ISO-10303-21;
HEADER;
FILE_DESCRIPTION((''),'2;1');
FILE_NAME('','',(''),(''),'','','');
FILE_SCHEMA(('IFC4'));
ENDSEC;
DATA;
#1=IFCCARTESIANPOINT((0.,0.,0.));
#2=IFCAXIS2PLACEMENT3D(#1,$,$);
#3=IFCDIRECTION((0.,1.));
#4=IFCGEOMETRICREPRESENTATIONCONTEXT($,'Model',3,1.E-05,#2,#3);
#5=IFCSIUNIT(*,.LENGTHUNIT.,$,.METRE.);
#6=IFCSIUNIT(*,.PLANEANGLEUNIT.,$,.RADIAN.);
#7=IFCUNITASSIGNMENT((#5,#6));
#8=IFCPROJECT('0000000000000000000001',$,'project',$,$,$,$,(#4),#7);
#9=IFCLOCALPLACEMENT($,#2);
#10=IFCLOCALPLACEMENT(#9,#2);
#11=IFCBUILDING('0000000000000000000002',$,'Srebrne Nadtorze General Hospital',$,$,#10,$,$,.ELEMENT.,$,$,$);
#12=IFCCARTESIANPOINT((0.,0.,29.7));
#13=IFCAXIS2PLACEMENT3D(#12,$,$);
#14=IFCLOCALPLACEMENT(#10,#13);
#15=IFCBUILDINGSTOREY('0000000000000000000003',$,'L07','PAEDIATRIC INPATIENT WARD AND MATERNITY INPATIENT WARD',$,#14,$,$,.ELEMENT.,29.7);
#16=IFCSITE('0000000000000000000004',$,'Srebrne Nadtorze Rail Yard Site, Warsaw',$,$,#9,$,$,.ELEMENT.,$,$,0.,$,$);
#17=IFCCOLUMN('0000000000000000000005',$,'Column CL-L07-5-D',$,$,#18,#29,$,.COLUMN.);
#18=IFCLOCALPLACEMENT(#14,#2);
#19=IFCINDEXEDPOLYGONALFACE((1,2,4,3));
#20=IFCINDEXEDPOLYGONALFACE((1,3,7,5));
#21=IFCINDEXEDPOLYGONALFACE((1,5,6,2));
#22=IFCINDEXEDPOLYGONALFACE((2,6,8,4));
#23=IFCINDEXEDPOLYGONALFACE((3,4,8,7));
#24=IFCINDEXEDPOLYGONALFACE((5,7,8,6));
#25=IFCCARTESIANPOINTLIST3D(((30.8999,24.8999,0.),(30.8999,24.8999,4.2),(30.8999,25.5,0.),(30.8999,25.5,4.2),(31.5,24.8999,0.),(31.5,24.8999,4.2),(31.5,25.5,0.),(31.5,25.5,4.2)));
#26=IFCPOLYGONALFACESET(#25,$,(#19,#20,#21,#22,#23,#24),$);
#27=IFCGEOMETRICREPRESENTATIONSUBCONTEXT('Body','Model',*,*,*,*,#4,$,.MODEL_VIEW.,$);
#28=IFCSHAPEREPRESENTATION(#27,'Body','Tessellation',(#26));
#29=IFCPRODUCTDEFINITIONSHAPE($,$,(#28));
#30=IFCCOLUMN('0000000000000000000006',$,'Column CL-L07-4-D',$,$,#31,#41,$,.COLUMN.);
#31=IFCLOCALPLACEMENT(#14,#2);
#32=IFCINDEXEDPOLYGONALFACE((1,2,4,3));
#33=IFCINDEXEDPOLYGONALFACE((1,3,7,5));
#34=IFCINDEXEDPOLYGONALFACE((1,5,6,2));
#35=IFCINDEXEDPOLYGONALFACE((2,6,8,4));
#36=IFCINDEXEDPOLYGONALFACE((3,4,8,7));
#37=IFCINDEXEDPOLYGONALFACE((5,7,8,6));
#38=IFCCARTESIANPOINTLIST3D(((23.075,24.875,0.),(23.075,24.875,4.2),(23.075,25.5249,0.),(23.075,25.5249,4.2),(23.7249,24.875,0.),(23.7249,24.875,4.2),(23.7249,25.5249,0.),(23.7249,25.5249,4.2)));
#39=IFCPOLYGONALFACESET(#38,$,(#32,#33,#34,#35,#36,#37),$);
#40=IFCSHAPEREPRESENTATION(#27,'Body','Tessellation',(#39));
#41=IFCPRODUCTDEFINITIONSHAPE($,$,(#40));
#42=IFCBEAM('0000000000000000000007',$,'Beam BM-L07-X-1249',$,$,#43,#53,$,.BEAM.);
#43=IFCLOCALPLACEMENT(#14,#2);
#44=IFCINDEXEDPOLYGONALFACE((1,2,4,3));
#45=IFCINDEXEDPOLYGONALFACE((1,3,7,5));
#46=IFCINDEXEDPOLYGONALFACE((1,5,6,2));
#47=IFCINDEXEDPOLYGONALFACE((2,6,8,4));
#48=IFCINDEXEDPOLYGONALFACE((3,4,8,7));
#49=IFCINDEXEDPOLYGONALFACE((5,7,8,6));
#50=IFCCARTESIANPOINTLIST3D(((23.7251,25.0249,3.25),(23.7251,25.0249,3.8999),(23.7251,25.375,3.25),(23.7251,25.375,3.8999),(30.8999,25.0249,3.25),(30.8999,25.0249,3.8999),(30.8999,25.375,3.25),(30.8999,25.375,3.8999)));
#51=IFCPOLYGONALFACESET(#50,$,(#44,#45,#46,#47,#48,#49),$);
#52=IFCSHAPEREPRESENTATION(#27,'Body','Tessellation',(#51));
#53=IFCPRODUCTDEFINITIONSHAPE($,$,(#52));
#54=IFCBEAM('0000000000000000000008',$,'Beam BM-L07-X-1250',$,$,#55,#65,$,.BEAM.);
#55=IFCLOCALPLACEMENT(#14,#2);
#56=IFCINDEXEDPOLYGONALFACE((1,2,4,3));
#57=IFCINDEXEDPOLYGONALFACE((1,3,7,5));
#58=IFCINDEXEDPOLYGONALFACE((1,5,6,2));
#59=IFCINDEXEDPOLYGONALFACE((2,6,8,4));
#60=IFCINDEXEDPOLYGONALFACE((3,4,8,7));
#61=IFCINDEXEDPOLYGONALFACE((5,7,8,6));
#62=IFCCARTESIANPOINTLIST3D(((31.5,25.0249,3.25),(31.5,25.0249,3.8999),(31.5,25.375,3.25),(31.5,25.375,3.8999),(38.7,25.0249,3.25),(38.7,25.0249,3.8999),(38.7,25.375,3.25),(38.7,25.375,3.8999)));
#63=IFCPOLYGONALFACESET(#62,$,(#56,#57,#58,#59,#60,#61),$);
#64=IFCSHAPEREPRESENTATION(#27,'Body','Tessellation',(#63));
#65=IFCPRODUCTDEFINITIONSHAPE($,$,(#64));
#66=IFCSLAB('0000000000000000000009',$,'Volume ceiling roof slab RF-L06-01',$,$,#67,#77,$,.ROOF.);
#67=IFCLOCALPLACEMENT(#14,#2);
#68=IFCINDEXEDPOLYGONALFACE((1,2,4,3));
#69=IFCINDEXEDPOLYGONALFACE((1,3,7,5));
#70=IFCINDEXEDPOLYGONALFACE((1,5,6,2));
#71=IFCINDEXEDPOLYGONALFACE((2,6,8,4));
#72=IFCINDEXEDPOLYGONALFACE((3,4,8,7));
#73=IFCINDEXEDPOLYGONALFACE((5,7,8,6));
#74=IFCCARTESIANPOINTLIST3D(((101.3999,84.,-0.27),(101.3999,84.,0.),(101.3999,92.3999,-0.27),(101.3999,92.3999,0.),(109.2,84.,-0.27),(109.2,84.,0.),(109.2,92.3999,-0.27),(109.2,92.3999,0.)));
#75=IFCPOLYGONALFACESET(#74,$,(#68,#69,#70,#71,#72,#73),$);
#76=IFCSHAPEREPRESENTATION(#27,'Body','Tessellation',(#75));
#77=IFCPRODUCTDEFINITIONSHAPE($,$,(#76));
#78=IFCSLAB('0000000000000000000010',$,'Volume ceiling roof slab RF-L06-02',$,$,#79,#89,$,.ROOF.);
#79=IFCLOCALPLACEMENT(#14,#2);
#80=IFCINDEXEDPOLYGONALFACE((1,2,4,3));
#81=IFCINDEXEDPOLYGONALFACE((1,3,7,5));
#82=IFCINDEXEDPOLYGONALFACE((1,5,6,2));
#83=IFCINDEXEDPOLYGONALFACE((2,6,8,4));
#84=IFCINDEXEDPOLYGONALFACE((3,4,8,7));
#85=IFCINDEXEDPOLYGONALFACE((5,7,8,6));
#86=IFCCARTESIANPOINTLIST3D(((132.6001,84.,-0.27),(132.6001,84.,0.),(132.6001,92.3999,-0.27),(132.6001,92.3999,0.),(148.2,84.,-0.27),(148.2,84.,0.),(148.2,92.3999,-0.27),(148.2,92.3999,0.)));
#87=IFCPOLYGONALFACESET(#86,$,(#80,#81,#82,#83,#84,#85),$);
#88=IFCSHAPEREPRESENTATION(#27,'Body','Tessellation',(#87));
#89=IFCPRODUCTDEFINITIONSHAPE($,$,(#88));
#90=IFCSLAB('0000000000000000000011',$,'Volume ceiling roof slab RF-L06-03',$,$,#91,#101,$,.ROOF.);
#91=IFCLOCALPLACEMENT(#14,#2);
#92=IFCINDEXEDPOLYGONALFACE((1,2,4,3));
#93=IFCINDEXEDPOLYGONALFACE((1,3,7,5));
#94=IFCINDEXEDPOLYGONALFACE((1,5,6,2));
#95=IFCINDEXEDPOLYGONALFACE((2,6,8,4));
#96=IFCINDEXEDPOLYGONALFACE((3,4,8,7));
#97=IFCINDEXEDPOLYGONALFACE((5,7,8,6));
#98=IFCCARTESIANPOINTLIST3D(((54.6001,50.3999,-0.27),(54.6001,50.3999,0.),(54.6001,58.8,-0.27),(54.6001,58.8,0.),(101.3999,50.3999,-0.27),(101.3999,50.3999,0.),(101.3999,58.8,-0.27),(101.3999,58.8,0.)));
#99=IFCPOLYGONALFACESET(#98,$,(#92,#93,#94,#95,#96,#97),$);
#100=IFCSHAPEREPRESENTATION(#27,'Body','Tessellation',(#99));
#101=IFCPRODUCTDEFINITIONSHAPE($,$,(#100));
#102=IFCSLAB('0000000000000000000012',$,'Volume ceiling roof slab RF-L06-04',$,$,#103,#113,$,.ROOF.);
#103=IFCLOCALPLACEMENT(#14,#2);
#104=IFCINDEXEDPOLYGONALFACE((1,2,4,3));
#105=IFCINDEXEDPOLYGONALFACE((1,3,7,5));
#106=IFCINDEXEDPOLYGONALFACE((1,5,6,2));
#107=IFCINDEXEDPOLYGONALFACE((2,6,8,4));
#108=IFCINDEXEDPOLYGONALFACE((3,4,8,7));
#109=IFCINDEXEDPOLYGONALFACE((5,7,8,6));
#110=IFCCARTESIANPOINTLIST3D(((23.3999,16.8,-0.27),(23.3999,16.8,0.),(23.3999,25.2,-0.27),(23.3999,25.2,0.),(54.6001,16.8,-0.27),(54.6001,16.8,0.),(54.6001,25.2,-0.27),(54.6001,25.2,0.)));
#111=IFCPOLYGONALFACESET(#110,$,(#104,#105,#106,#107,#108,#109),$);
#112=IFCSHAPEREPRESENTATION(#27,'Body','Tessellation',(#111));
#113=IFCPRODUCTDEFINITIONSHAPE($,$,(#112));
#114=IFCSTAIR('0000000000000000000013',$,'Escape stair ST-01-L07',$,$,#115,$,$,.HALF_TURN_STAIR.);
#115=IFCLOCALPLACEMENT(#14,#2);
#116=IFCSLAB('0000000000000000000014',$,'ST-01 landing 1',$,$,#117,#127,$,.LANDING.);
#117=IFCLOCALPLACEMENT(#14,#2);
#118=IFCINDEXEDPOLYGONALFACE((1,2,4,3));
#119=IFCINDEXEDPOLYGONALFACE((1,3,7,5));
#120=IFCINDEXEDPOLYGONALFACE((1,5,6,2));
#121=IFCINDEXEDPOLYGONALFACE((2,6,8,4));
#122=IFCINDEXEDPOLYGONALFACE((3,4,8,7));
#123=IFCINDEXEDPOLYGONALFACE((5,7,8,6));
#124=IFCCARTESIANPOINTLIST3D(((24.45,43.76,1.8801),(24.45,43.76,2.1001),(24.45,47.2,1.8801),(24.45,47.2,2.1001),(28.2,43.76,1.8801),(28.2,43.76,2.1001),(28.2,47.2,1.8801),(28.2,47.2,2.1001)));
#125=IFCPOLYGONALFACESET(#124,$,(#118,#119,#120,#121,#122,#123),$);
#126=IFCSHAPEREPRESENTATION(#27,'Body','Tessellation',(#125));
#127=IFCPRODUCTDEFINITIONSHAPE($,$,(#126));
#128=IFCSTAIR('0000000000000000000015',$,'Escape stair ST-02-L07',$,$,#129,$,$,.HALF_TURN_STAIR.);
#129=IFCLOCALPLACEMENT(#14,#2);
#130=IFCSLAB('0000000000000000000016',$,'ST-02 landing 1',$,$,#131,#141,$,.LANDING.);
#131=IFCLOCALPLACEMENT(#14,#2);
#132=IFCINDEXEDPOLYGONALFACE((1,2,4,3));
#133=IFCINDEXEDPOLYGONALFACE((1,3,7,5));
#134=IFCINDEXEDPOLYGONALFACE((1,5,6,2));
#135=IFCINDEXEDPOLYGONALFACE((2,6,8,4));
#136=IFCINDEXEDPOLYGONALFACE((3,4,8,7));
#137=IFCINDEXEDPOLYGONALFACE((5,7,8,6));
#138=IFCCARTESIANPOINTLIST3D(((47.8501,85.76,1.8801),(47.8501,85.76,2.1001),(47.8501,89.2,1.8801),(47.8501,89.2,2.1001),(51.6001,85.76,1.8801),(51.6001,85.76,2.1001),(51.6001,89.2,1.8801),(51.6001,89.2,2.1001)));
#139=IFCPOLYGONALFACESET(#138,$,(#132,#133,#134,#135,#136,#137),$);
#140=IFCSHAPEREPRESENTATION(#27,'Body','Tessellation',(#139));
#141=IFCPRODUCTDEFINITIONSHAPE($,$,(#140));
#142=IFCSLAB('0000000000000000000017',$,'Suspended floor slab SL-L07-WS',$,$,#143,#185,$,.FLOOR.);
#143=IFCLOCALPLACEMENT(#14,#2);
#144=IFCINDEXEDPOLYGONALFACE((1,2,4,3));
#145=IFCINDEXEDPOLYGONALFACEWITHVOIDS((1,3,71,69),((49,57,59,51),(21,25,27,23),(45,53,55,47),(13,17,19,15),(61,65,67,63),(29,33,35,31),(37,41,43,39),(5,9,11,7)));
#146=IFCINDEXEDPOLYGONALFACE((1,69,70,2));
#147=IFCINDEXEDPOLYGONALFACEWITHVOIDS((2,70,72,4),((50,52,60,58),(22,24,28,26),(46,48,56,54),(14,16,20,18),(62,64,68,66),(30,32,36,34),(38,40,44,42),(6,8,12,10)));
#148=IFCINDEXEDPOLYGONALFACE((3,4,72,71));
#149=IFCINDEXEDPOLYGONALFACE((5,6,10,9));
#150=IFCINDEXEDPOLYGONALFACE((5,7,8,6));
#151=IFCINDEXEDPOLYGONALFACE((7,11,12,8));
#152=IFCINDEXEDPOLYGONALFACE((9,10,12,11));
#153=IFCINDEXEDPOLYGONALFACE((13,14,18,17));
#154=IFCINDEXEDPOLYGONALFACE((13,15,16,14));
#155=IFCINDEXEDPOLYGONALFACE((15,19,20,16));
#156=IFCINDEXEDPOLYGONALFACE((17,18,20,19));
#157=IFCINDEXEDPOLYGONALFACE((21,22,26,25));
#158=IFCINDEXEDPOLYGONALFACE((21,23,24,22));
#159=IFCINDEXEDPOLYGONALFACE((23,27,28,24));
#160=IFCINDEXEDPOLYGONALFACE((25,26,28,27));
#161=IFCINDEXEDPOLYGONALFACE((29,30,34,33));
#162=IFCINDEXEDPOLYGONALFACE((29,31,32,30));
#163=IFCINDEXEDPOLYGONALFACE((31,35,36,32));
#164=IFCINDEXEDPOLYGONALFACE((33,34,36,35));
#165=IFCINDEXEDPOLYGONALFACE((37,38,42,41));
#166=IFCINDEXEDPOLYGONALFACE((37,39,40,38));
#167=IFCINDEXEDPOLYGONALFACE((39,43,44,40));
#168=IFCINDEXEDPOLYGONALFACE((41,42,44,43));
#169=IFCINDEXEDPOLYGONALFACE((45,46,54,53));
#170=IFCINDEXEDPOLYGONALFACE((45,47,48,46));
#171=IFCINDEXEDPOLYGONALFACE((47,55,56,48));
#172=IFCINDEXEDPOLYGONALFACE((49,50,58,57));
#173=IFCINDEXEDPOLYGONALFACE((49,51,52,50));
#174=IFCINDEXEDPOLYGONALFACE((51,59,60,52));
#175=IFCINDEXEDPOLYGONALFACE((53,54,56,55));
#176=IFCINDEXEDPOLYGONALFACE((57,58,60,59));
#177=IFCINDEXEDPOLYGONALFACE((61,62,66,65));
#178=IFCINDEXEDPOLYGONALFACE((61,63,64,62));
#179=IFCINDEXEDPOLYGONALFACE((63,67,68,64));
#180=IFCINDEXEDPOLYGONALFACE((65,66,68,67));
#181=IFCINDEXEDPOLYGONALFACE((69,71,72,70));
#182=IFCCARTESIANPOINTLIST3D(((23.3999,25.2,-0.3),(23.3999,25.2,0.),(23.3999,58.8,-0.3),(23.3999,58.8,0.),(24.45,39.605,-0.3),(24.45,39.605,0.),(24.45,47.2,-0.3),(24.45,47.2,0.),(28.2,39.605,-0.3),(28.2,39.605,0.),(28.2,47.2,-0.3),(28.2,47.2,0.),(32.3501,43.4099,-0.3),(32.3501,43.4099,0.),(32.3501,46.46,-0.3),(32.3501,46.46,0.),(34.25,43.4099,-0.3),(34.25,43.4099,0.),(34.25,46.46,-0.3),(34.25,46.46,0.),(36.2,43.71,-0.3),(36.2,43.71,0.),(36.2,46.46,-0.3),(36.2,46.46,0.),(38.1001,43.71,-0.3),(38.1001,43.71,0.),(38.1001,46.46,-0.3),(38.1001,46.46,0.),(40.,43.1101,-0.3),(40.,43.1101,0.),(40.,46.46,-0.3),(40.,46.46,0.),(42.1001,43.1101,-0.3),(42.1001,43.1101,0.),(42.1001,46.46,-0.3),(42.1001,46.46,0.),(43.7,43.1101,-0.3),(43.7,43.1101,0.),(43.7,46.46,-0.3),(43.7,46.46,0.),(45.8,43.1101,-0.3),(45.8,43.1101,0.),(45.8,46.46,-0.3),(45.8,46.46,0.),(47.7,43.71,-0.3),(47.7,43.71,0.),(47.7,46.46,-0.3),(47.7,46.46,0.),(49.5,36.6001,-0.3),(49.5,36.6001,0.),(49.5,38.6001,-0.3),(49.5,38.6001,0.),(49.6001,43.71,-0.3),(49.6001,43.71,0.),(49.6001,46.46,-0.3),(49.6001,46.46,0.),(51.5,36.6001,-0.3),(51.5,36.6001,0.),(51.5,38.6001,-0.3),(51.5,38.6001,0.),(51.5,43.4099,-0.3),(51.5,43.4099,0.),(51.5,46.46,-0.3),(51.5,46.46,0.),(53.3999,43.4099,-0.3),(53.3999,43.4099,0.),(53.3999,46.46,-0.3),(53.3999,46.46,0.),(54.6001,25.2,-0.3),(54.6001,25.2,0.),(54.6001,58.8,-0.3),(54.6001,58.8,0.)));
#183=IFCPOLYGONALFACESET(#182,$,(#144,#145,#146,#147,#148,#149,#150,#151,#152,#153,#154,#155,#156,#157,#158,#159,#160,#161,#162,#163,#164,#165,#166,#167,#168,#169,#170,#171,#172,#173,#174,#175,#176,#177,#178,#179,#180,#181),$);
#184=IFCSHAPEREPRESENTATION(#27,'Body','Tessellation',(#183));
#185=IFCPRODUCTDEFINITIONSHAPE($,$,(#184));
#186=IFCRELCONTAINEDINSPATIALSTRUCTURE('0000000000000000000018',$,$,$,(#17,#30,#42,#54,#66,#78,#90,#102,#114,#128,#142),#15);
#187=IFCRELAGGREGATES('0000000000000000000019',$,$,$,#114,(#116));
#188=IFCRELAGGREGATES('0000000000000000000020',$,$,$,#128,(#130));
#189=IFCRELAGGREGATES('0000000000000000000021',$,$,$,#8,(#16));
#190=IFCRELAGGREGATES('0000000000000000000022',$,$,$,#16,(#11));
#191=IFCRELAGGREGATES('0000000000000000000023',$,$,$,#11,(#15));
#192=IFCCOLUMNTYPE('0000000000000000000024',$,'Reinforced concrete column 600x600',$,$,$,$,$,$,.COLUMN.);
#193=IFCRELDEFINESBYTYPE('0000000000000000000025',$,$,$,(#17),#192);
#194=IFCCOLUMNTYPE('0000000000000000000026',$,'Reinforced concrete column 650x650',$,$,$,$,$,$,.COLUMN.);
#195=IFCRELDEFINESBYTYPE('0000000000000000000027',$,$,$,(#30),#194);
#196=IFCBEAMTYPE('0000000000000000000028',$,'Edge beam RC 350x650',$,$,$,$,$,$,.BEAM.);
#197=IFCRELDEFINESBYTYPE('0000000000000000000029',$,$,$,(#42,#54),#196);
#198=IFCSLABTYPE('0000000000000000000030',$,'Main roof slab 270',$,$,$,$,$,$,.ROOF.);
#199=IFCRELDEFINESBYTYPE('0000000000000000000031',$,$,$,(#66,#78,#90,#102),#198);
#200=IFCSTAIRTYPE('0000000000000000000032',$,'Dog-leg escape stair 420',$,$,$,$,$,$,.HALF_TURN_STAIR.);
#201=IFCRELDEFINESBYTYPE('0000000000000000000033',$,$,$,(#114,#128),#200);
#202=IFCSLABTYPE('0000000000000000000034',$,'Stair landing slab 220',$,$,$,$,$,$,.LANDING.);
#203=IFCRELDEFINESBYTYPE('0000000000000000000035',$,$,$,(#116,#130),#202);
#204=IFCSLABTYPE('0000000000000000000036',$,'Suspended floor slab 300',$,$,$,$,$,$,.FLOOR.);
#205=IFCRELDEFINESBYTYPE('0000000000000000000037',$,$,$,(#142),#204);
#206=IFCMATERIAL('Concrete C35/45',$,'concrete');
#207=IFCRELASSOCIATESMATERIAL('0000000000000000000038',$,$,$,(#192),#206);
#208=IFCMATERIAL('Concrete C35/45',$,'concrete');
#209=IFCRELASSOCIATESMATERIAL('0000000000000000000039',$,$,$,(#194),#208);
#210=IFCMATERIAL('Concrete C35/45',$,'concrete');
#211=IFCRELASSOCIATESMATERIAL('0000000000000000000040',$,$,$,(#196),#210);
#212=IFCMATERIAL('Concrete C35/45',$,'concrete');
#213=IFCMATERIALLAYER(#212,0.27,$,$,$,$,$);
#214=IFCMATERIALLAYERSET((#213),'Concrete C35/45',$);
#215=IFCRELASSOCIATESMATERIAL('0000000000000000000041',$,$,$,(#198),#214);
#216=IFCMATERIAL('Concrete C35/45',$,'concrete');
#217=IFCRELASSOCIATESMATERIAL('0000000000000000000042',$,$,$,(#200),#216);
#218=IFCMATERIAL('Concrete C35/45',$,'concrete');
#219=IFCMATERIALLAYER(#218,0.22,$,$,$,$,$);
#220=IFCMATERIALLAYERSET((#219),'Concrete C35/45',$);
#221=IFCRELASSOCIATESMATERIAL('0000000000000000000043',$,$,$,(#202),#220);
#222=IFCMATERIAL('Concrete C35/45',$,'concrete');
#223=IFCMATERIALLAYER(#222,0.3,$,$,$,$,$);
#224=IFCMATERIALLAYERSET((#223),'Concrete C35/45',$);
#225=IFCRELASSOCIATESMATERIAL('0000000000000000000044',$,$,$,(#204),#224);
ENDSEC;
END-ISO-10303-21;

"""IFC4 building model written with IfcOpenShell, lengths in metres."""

from ifc_helpers import new_model, si_unit, direction, frame, origin, origin_2d, place, context, subcontext, project, spatial, polyline, rectangle, outline, extrude, material, layer, layer_set, material_profile, profile_set, type_object, element, aggregate, save


model = new_model("IFC4")

# Units and contexts
model_context = context("Model", 3, precision=1e-05, world=origin(), true_north=direction((0.0, 1.0)))
body_context = subcontext(model_context, "Body", "Model", "MODEL_VIEW")
ifc_project = project(units=[si_unit("LENGTHUNIT", "METRE"), si_unit("PLANEANGLEUNIT", "RADIAN")], contexts=[model_context])

# Site, building, storey
site_placement = place(None, origin())
site = spatial("IfcSite", under=ifc_project, at=site_placement, Name="Srebrne Nadtorze Rail Yard Site, Warsaw", CompositionType="ELEMENT", RefElevation=0.0)
building_placement = place(site_placement, origin())
building = spatial("IfcBuilding", under=site, at=building_placement, Name="Srebrne Nadtorze General Hospital", CompositionType="ELEMENT")
storey_placement = place(building_placement, frame((0.0, 0.0, 29.7)))
storey = spatial("IfcBuildingStorey", under=building, at=storey_placement, Name="L07", Description="PAEDIATRIC INPATIENT WARD AND MATERNITY INPATIENT WARD", CompositionType="ELEMENT", Elevation=29.7)

# Columns
ifc_material_1 = material(Name="Concrete C35/45", Category="concrete")
ifc_material_profile_1 = material_profile(ifc_material_1, rectangle(XDim=0.6001, YDim=0.6001, at=origin_2d()), Name="RC-COL-600x600")
ifc_profile_set_1 = profile_set([ifc_material_profile_1], Name="Concrete C35/45")
column_type_1 = type_object("IfcColumnType", Name="Reinforced concrete column 600x600", PredefinedType="COLUMN", material=ifc_profile_set_1)
column_1_placement = place(storey_placement, frame((31.2, 25.2, 0.0), z_axis=(0.0, 0.0, 1.0), x_axis=(1.0, 0.0, 0.0)))
element("IfcColumn", 1, at=column_1_placement, inside=storey, type_object=column_type_1, Name="Column CL-L07-5-D", PredefinedType="COLUMN", context=body_context, shape_type="SweptSolid", body=[
    extrude(rectangle(XDim=0.6001, YDim=0.6001, at=origin_2d()), origin(), (0.0, 0.0, 1.0), 4.2),
])
ifc_material_2 = material(Name="Concrete C35/45", Category="concrete")
ifc_material_profile_2 = material_profile(ifc_material_2, rectangle(XDim=0.6499, YDim=0.6499, at=origin_2d()), Name="RC-COL-650x650")
ifc_profile_set_2 = profile_set([ifc_material_profile_2], Name="Concrete C35/45")
column_type_2 = type_object("IfcColumnType", Name="Reinforced concrete column 650x650", PredefinedType="COLUMN", material=ifc_profile_set_2)
column_2_placement = place(storey_placement, frame((23.3999, 25.2, 0.0), z_axis=(0.0, 0.0, 1.0), x_axis=(1.0, 0.0, 0.0)))
element("IfcColumn", 2, at=column_2_placement, inside=storey, type_object=column_type_2, Name="Column CL-L07-4-D", PredefinedType="COLUMN", context=body_context, shape_type="SweptSolid", body=[
    extrude(rectangle(XDim=0.6499, YDim=0.6499, at=origin_2d()), origin(), (0.0, 0.0, 1.0), 4.2),
])

# Beams
ifc_material_3 = material(Name="Concrete C35/45", Category="concrete")
ifc_material_profile_3 = material_profile(ifc_material_3, rectangle(XDim=0.3501, YDim=0.6499, at=origin_2d()), Name="RC-BM-350x650")
ifc_profile_set_3 = profile_set([ifc_material_profile_3], Name="Concrete C35/45")
beam_type = type_object("IfcBeamType", Name="Edge beam RC 350x650", PredefinedType="BEAM", material=ifc_profile_set_3)
beam_1_placement = place(storey_placement, frame((23.7251, 25.2, 3.575), z_axis=(1.0, 0.0, 0.0), x_axis=(0.0, 1.0, 0.0)))
element("IfcBeam", 3, at=beam_1_placement, inside=storey, type_object=beam_type, Name="Beam BM-L07-X-1249", PredefinedType="BEAM", context=body_context, shape_type="SweptSolid", body=[
    extrude(rectangle(XDim=0.3501, YDim=0.6499, at=origin_2d()), origin(), (0.0, 0.0, 1.0), 7.1748),
])
beam_2_placement = place(storey_placement, frame((31.5, 25.2, 3.575), z_axis=(1.0, 0.0, 0.0), x_axis=(0.0, 1.0, 0.0)))
element("IfcBeam", 4, at=beam_2_placement, inside=storey, type_object=beam_type, Name="Beam BM-L07-X-1250", PredefinedType="BEAM", context=body_context, shape_type="SweptSolid", body=[
    extrude(rectangle(XDim=0.3501, YDim=0.6499, at=origin_2d()), origin(), (0.0, 0.0, 1.0), 7.2),
])

# Slabs
ifc_material_4 = material(Name="Concrete C35/45", Category="concrete")
ifc_layer_1 = layer(ifc_material_4, 0.27)
ifc_layer_set_1 = layer_set([ifc_layer_1], Name="Concrete C35/45")
slab_type_1 = type_object("IfcSlabType", Name="Main roof slab 270", PredefinedType="ROOF", material=ifc_layer_set_1)
slab_1_placement = place(storey_placement, frame((0.0, 0.0, -0.27)))
element("IfcSlab", 5, at=slab_1_placement, inside=storey, type_object=slab_type_1, Name="Volume ceiling roof slab RF-L06-01", PredefinedType="ROOF", context=body_context, shape_type="SweptSolid", body=[
    extrude(outline(polyline([(101.3999, 92.3999), (101.3999, 84.0), (109.2, 84.0), (109.2, 92.3999), (101.3999, 92.3999)])), origin(), (0.0, 0.0, 1.0), 0.27),
])
slab_2_placement = place(storey_placement, frame((0.0, 0.0, -0.27)))
element("IfcSlab", 6, at=slab_2_placement, inside=storey, type_object=slab_type_1, Name="Volume ceiling roof slab RF-L06-02", PredefinedType="ROOF", context=body_context, shape_type="SweptSolid", body=[
    extrude(outline(polyline([(132.6001, 92.3999), (132.6001, 84.0), (148.2, 84.0), (148.2, 92.3999), (132.6001, 92.3999)])), origin(), (0.0, 0.0, 1.0), 0.27),
])
slab_3_placement = place(storey_placement, frame((0.0, 0.0, -0.27)))
element("IfcSlab", 7, at=slab_3_placement, inside=storey, type_object=slab_type_1, Name="Volume ceiling roof slab RF-L06-03", PredefinedType="ROOF", context=body_context, shape_type="SweptSolid", body=[
    extrude(outline(polyline([(54.6001, 50.3999), (101.3999, 50.3999), (101.3999, 58.8), (54.6001, 58.8), (54.6001, 50.3999)])), origin(), (0.0, 0.0, 1.0), 0.27),
])
slab_4_placement = place(storey_placement, frame((0.0, 0.0, -0.27)))
element("IfcSlab", 8, at=slab_4_placement, inside=storey, type_object=slab_type_1, Name="Volume ceiling roof slab RF-L06-04", PredefinedType="ROOF", context=body_context, shape_type="SweptSolid", body=[
    extrude(outline(polyline([(54.6001, 16.8), (54.6001, 25.2), (23.3999, 25.2), (23.3999, 16.8), (54.6001, 16.8)])), origin(), (0.0, 0.0, 1.0), 0.27),
])

# Stairs, slabs
ifc_material_5 = material(Name="Concrete C35/45", Category="concrete")
stair_type = type_object("IfcStairType", Name="Dog-leg escape stair 420", PredefinedType="HALF_TURN_STAIR", material=ifc_material_5)
stair_1_placement = place(storey_placement, origin())
stair_1 = element("IfcStair", 9, at=stair_1_placement, inside=storey, type_object=stair_type, Name="Escape stair ST-01-L07", PredefinedType="HALF_TURN_STAIR")
ifc_material_6 = material(Name="Concrete C35/45", Category="concrete")
ifc_layer_2 = layer(ifc_material_6, 0.22)
ifc_layer_set_2 = layer_set([ifc_layer_2], Name="Concrete C35/45")
slab_type_2 = type_object("IfcSlabType", Name="Stair landing slab 220", PredefinedType="LANDING", material=ifc_layer_set_2)
slab_5_placement = place(storey_placement, frame((0.0, 0.0, 1.8801)))
slab_5 = element("IfcSlab", 10, at=slab_5_placement, type_object=slab_type_2, Name="ST-01 landing 1", PredefinedType="LANDING", context=body_context, shape_type="SweptSolid", body=[
    extrude(outline(polyline([(24.45, 43.76), (28.2, 43.76), (28.2, 47.2), (24.45, 47.2), (24.45, 43.76)])), origin(), (0.0, 0.0, 1.0), 0.22),
])
aggregate(stair_1, [slab_5])
stair_2_placement = place(storey_placement, origin())
stair_2 = element("IfcStair", 11, at=stair_2_placement, inside=storey, type_object=stair_type, Name="Escape stair ST-02-L07", PredefinedType="HALF_TURN_STAIR")
slab_6_placement = place(storey_placement, frame((0.0, 0.0, 1.8801)))
slab_6 = element("IfcSlab", 12, at=slab_6_placement, type_object=slab_type_2, Name="ST-02 landing 1", PredefinedType="LANDING", context=body_context, shape_type="SweptSolid", body=[
    extrude(outline(polyline([(47.8501, 85.76), (51.6001, 85.76), (51.6001, 89.2), (47.8501, 89.2), (47.8501, 85.76)])), origin(), (0.0, 0.0, 1.0), 0.22),
])
aggregate(stair_2, [slab_6])

# Slab
ifc_material_7 = material(Name="Concrete C35/45", Category="concrete")
ifc_layer_3 = layer(ifc_material_7, 0.3)
ifc_layer_set_3 = layer_set([ifc_layer_3], Name="Concrete C35/45")
slab_type_3 = type_object("IfcSlabType", Name="Suspended floor slab 300", PredefinedType="FLOOR", material=ifc_layer_set_3)
slab_7_placement = place(storey_placement, frame((0.0, 0.0, -0.3)))
element("IfcSlab", 13, at=slab_7_placement, inside=storey, type_object=slab_type_3, Name="Suspended floor slab SL-L07-WS", PredefinedType="FLOOR", context=body_context, shape_type="SweptSolid", body=[
    extrude(outline(polyline([(54.6001, 25.2), (54.6001, 58.8), (23.3999, 58.8), (23.3999, 25.2), (54.6001, 25.2)]), holes=[polyline([(51.5, 38.6001), (51.5, 36.6001), (49.5, 36.6001), (49.5, 38.6001), (51.5, 38.6001)]), polyline([(28.2, 39.605), (24.45, 39.605), (24.45, 47.2), (28.2, 47.2), (28.2, 39.605)]), polyline([(42.1001, 43.1101), (40.0, 43.1101), (40.0, 46.46), (42.1001, 46.46), (42.1001, 43.1101)]), polyline([(45.8, 43.1101), (43.7, 43.1101), (43.7, 46.46), (45.8, 46.46), (45.8, 43.1101)]), polyline([(34.25, 43.4099), (32.3501, 43.4099), (32.3501, 46.46), (34.25, 46.46), (34.25, 43.4099)]), polyline([(38.1001, 43.71), (36.2, 43.71), (36.2, 46.46), (38.1001, 46.46), (38.1001, 43.71)]), polyline([(49.6001, 43.71), (47.7, 43.71), (47.7, 46.46), (49.6001, 46.46), (49.6001, 43.71)]), polyline([(53.3999, 43.4099), (51.5, 43.4099), (51.5, 46.46), (53.3999, 46.46), (53.3999, 43.4099)])]), origin(), (0.0, 0.0, 1.0), 0.3),
])

save(model, "model.ifc")
